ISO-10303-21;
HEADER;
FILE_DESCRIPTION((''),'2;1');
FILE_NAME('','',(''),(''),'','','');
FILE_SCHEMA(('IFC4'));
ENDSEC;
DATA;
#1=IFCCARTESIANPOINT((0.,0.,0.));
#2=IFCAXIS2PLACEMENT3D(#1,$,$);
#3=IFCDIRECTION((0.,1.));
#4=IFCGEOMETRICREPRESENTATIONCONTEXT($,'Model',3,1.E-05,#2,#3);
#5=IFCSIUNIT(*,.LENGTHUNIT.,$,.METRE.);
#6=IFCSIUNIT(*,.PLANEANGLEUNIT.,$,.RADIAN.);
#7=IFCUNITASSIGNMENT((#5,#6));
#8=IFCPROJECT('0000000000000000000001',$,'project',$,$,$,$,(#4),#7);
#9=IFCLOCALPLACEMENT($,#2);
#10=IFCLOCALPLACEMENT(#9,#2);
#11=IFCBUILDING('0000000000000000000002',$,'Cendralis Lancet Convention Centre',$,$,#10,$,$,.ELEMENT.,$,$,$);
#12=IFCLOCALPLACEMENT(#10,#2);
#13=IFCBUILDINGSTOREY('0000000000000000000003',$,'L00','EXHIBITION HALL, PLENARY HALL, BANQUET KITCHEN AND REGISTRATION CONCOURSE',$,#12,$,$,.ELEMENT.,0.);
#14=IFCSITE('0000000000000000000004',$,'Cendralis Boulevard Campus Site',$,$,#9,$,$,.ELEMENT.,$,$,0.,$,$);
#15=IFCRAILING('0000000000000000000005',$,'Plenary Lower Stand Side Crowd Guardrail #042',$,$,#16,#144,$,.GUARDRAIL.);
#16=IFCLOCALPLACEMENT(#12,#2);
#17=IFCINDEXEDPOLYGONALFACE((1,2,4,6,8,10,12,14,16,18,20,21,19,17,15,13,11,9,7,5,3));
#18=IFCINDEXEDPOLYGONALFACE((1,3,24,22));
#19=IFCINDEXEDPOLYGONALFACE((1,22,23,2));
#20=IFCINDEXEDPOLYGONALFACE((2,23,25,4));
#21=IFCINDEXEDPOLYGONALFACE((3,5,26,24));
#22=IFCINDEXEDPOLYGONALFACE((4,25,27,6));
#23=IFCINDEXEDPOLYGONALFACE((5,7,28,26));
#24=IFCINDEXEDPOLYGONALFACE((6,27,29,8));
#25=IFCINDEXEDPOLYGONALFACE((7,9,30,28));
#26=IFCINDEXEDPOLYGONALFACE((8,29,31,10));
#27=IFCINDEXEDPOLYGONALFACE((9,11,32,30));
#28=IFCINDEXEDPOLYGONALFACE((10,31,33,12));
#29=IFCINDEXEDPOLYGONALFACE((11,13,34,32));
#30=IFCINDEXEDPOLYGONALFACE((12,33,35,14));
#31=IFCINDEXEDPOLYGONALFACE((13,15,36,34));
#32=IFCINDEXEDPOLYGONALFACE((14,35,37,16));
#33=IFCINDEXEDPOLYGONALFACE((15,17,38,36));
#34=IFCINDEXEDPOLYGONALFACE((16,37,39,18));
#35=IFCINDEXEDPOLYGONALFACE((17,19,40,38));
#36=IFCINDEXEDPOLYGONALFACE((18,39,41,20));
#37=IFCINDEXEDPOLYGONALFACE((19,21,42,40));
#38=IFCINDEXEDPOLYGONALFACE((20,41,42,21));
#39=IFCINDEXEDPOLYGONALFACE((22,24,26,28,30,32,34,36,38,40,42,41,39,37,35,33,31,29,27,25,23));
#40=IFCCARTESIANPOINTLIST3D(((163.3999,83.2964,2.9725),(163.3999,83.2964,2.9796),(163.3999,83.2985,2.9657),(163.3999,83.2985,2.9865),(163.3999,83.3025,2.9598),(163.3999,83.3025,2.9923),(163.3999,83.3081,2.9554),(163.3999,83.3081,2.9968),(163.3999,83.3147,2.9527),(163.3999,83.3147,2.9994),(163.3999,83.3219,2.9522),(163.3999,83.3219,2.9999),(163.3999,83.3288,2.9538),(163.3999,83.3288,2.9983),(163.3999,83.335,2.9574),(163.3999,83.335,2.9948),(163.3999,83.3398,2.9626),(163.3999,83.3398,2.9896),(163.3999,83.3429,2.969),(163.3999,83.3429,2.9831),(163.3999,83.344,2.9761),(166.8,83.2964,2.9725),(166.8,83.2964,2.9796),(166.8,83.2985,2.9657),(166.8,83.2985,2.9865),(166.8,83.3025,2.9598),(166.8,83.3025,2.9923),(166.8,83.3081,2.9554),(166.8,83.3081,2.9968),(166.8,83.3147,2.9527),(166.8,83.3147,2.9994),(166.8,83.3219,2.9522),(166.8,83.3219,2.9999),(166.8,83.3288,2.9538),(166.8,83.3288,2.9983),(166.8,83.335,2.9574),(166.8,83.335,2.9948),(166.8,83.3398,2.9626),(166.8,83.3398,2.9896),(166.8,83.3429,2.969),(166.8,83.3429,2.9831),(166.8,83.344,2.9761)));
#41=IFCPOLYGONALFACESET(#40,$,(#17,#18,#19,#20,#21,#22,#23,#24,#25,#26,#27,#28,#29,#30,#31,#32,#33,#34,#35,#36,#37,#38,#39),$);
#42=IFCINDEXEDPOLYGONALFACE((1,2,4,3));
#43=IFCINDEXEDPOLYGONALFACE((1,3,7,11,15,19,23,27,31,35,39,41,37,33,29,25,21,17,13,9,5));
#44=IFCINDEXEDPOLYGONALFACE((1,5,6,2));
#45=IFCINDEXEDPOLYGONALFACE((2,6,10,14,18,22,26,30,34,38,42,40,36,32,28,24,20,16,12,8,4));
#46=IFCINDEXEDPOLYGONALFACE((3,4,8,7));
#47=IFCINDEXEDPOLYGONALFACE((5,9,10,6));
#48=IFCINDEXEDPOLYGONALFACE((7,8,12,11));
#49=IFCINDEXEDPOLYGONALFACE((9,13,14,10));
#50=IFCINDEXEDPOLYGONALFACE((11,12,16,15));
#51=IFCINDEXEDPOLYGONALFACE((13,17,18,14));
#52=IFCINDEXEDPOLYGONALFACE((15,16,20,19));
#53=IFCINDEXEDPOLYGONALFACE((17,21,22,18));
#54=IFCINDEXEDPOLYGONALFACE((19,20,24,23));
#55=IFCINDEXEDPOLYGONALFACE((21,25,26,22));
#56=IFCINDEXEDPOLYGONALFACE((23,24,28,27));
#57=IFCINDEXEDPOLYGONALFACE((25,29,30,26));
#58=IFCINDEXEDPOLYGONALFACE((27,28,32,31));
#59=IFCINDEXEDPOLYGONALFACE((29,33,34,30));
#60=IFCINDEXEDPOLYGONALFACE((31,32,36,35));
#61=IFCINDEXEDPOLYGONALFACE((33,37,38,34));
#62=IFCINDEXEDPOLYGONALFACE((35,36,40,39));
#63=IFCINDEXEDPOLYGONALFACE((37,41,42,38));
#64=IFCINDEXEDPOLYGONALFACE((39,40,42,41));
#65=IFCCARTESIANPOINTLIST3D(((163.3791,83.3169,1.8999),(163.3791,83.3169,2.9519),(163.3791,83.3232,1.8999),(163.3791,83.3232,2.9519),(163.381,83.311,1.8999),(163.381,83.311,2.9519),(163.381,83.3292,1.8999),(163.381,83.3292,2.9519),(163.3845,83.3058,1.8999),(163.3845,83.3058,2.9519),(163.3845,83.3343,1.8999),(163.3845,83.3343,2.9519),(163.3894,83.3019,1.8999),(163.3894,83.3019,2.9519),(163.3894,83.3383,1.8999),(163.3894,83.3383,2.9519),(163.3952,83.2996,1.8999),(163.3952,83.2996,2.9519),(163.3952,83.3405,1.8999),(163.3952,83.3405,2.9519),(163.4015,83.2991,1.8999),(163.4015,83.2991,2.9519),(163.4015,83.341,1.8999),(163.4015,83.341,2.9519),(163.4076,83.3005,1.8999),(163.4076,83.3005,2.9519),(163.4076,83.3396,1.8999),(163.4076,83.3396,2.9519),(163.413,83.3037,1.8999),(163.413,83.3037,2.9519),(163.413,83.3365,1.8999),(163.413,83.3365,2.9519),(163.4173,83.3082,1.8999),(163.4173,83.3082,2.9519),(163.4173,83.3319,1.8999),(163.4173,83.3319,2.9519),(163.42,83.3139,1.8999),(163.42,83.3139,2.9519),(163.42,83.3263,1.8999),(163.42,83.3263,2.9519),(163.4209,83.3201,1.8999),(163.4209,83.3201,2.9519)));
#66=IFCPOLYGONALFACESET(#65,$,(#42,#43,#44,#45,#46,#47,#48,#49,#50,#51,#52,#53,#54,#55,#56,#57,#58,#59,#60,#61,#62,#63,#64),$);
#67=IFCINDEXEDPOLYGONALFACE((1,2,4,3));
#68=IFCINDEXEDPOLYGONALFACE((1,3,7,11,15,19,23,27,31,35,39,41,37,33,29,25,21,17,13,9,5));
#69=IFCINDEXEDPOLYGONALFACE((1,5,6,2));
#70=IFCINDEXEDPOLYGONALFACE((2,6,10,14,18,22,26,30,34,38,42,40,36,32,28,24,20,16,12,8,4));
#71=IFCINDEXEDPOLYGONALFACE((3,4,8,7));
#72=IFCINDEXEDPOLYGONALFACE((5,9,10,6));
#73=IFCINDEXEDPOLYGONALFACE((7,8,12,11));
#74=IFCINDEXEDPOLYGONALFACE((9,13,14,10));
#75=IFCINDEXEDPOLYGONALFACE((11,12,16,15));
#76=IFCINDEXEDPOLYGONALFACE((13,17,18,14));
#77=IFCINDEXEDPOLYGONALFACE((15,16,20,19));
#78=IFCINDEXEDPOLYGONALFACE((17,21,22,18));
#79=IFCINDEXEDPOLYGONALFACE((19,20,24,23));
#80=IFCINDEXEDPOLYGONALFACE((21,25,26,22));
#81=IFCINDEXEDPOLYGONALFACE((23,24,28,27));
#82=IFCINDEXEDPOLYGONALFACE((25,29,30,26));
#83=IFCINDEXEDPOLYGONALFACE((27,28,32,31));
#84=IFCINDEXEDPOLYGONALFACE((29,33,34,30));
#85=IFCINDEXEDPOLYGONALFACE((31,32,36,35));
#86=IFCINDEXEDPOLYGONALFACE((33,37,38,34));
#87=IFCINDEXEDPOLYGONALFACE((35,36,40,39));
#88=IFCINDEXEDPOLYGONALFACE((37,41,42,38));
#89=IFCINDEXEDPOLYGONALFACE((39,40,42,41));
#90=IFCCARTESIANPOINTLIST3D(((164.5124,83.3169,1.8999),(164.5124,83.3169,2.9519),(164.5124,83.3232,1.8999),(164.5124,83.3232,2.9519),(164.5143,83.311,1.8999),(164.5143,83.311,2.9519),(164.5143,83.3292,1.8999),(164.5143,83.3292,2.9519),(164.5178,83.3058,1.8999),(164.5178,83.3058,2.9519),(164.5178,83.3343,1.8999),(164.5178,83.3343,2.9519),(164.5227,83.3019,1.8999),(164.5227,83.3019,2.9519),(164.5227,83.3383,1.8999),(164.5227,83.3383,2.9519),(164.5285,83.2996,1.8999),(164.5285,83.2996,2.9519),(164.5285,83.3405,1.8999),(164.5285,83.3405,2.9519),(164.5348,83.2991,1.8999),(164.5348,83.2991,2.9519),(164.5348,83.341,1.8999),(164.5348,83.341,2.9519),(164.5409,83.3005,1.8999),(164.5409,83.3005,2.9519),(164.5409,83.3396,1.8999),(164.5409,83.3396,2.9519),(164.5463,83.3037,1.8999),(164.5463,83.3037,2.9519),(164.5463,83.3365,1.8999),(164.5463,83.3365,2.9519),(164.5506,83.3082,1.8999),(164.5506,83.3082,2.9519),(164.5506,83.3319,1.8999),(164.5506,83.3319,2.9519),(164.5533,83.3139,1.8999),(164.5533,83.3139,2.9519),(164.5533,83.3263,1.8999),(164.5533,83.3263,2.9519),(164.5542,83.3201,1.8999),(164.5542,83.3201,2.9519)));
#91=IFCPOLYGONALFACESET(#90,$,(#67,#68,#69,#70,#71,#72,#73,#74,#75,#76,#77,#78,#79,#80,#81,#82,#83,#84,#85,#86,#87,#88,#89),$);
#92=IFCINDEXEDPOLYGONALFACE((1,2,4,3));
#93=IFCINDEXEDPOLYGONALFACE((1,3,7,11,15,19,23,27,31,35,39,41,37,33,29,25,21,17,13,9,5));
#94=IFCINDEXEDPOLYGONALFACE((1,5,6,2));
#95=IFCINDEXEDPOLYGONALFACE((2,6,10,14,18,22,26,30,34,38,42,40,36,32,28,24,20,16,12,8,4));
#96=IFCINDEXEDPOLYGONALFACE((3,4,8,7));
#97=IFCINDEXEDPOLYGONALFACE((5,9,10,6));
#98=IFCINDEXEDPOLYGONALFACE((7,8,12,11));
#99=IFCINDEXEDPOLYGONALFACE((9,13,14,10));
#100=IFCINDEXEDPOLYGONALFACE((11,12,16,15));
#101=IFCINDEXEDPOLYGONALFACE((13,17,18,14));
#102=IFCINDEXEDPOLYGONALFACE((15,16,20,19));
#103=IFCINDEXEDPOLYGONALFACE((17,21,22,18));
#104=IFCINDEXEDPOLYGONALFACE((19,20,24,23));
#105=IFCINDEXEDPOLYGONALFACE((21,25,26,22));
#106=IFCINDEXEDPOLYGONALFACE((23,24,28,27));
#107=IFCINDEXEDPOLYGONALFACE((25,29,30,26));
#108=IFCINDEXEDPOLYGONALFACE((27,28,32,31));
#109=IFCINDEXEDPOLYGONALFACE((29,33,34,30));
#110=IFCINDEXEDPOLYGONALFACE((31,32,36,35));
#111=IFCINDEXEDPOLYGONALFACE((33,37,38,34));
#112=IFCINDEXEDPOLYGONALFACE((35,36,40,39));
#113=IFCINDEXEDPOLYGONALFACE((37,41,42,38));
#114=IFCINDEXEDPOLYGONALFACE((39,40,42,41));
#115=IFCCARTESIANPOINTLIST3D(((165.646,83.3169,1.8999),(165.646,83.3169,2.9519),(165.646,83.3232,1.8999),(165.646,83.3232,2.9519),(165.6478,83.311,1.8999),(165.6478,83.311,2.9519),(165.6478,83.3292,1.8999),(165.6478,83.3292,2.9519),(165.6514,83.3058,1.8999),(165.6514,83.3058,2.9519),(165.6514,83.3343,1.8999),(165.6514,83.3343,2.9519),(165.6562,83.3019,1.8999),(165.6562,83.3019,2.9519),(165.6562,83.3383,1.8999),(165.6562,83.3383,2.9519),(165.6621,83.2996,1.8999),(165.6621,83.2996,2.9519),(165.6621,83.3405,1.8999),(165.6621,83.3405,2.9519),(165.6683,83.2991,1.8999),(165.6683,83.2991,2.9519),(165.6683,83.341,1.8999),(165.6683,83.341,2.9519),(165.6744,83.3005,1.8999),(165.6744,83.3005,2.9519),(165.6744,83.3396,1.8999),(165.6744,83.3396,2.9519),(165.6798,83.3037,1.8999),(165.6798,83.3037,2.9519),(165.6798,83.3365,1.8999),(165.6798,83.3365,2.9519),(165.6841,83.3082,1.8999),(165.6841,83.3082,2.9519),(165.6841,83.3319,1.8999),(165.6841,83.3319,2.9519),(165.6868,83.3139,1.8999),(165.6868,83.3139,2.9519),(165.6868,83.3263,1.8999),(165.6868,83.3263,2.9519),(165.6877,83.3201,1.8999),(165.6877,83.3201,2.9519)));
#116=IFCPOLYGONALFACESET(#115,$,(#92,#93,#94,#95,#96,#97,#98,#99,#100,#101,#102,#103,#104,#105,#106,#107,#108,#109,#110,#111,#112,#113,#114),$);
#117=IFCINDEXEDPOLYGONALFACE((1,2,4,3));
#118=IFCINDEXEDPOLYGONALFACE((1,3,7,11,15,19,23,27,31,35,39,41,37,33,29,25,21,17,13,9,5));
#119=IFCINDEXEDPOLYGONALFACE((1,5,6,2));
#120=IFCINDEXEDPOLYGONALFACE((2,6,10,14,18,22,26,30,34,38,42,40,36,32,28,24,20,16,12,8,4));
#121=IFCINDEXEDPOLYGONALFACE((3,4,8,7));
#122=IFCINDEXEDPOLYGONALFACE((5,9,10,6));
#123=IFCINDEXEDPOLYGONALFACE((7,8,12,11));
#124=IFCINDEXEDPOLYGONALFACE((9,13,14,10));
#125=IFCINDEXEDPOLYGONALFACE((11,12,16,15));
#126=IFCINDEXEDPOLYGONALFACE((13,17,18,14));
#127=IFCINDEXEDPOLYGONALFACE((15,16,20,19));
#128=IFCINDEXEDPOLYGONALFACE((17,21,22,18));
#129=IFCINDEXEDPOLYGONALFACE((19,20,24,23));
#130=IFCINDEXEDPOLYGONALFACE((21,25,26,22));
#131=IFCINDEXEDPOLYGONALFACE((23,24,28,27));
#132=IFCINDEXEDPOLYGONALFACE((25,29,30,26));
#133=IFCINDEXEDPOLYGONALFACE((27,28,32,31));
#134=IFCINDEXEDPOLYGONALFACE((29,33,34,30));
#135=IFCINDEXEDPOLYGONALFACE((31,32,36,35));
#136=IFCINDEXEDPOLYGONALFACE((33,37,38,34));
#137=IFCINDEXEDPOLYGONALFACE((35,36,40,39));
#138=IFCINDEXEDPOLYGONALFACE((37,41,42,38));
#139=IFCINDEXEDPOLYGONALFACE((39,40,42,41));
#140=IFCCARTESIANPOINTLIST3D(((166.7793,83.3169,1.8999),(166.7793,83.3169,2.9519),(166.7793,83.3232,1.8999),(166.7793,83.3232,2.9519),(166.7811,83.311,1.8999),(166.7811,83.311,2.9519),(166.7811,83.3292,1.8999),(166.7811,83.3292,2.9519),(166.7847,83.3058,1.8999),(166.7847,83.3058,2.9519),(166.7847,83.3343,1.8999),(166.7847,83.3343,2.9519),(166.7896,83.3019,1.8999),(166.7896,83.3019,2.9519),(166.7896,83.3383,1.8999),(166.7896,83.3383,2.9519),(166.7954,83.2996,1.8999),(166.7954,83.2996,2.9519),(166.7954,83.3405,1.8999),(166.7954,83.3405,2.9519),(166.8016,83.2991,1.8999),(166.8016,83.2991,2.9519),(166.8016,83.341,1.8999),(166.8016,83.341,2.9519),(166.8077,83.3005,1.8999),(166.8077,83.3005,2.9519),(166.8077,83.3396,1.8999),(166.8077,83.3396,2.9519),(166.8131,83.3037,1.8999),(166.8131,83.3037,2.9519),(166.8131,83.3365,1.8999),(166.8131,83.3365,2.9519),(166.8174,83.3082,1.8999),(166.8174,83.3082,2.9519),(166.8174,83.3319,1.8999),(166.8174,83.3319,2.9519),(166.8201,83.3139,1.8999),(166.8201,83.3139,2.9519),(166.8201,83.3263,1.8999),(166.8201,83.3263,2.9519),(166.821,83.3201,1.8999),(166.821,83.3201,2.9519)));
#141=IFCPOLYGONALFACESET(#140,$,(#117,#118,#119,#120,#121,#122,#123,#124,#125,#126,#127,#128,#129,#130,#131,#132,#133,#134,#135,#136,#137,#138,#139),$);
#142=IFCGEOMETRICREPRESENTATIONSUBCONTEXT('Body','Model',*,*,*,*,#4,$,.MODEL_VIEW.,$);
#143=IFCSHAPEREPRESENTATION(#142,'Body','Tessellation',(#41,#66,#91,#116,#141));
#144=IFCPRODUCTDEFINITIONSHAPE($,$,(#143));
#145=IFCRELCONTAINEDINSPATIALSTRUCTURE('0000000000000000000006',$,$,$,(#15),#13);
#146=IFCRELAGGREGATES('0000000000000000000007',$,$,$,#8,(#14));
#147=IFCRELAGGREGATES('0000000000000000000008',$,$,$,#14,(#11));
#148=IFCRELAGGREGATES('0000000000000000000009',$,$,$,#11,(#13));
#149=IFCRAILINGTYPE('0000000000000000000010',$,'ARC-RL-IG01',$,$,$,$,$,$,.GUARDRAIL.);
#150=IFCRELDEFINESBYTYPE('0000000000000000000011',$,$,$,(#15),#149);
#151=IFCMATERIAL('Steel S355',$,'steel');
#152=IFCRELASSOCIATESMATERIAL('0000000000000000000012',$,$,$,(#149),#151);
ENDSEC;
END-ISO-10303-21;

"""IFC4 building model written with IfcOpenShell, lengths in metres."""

from ifc_helpers import new_model, si_unit, direction, frame, origin, origin_2d, place, context, subcontext, project, spatial, circle, extrude, material, type_object, element, save


model = new_model("IFC4")

# Units and contexts
model_context = context("Model", 3, precision=1e-05, world=origin(), true_north=direction((0.0, 1.0)))
body_context = subcontext(model_context, "Body", "Model", "MODEL_VIEW")
ifc_project = project(units=[si_unit("LENGTHUNIT", "METRE"), si_unit("PLANEANGLEUNIT", "RADIAN")], contexts=[model_context])

# Site, building, storey
site_placement = place(None, origin())
site = spatial("IfcSite", under=ifc_project, at=site_placement, Name="Cendralis Boulevard Campus Site", CompositionType="ELEMENT", RefElevation=0.0)
building_placement = place(site_placement, origin())
building = spatial("IfcBuilding", under=site, at=building_placement, Name="Cendralis Lancet Convention Centre", CompositionType="ELEMENT")
storey_placement = place(building_placement, origin())
storey = spatial("IfcBuildingStorey", under=building, at=storey_placement, Name="L00", Description="EXHIBITION HALL, PLENARY HALL, BANQUET KITCHEN AND REGISTRATION CONCOURSE", CompositionType="ELEMENT", Elevation=0.0)

# Railing
ifc_material_1 = material(Name="Steel S355", Category="steel")
railing_type = type_object("IfcRailingType", Name="ARC-RL-IG01", PredefinedType="GUARDRAIL", material=ifc_material_1)
railing_placement = place(storey_placement, frame((163.3999, 83.3201, 1.8999)))
element("IfcRailing", 1, at=railing_placement, inside=storey, type_object=railing_type, Name="Plenary Lower Stand Side Crowd Guardrail #042", PredefinedType="GUARDRAIL", context=body_context, shape_type="SweptSolid", body=[
    extrude(circle(Radius=0.0239, at=origin_2d()), frame((0.0, 0.0, 1.0762), z_axis=(1.0, 0.0, 0.0), x_axis=(0.0, 1.0, 0.0)), (0.0, 0.0, 1.0), 3.4001),
    extrude(circle(Radius=0.021, at=origin_2d()), origin(), (0.0, 0.0, 1.0), 1.052),
    extrude(circle(Radius=0.021, at=origin_2d()), frame((1.1333, 0.0, 0.0)), (0.0, 0.0, 1.0), 1.052),
    extrude(circle(Radius=0.021, at=origin_2d()), frame((2.2668, 0.0, 0.0)), (0.0, 0.0, 1.0), 1.052),
    extrude(circle(Radius=0.021, at=origin_2d()), frame((3.4001, 0.0, 0.0)), (0.0, 0.0, 1.0), 1.052),
])

save(model, "model.ifc")
